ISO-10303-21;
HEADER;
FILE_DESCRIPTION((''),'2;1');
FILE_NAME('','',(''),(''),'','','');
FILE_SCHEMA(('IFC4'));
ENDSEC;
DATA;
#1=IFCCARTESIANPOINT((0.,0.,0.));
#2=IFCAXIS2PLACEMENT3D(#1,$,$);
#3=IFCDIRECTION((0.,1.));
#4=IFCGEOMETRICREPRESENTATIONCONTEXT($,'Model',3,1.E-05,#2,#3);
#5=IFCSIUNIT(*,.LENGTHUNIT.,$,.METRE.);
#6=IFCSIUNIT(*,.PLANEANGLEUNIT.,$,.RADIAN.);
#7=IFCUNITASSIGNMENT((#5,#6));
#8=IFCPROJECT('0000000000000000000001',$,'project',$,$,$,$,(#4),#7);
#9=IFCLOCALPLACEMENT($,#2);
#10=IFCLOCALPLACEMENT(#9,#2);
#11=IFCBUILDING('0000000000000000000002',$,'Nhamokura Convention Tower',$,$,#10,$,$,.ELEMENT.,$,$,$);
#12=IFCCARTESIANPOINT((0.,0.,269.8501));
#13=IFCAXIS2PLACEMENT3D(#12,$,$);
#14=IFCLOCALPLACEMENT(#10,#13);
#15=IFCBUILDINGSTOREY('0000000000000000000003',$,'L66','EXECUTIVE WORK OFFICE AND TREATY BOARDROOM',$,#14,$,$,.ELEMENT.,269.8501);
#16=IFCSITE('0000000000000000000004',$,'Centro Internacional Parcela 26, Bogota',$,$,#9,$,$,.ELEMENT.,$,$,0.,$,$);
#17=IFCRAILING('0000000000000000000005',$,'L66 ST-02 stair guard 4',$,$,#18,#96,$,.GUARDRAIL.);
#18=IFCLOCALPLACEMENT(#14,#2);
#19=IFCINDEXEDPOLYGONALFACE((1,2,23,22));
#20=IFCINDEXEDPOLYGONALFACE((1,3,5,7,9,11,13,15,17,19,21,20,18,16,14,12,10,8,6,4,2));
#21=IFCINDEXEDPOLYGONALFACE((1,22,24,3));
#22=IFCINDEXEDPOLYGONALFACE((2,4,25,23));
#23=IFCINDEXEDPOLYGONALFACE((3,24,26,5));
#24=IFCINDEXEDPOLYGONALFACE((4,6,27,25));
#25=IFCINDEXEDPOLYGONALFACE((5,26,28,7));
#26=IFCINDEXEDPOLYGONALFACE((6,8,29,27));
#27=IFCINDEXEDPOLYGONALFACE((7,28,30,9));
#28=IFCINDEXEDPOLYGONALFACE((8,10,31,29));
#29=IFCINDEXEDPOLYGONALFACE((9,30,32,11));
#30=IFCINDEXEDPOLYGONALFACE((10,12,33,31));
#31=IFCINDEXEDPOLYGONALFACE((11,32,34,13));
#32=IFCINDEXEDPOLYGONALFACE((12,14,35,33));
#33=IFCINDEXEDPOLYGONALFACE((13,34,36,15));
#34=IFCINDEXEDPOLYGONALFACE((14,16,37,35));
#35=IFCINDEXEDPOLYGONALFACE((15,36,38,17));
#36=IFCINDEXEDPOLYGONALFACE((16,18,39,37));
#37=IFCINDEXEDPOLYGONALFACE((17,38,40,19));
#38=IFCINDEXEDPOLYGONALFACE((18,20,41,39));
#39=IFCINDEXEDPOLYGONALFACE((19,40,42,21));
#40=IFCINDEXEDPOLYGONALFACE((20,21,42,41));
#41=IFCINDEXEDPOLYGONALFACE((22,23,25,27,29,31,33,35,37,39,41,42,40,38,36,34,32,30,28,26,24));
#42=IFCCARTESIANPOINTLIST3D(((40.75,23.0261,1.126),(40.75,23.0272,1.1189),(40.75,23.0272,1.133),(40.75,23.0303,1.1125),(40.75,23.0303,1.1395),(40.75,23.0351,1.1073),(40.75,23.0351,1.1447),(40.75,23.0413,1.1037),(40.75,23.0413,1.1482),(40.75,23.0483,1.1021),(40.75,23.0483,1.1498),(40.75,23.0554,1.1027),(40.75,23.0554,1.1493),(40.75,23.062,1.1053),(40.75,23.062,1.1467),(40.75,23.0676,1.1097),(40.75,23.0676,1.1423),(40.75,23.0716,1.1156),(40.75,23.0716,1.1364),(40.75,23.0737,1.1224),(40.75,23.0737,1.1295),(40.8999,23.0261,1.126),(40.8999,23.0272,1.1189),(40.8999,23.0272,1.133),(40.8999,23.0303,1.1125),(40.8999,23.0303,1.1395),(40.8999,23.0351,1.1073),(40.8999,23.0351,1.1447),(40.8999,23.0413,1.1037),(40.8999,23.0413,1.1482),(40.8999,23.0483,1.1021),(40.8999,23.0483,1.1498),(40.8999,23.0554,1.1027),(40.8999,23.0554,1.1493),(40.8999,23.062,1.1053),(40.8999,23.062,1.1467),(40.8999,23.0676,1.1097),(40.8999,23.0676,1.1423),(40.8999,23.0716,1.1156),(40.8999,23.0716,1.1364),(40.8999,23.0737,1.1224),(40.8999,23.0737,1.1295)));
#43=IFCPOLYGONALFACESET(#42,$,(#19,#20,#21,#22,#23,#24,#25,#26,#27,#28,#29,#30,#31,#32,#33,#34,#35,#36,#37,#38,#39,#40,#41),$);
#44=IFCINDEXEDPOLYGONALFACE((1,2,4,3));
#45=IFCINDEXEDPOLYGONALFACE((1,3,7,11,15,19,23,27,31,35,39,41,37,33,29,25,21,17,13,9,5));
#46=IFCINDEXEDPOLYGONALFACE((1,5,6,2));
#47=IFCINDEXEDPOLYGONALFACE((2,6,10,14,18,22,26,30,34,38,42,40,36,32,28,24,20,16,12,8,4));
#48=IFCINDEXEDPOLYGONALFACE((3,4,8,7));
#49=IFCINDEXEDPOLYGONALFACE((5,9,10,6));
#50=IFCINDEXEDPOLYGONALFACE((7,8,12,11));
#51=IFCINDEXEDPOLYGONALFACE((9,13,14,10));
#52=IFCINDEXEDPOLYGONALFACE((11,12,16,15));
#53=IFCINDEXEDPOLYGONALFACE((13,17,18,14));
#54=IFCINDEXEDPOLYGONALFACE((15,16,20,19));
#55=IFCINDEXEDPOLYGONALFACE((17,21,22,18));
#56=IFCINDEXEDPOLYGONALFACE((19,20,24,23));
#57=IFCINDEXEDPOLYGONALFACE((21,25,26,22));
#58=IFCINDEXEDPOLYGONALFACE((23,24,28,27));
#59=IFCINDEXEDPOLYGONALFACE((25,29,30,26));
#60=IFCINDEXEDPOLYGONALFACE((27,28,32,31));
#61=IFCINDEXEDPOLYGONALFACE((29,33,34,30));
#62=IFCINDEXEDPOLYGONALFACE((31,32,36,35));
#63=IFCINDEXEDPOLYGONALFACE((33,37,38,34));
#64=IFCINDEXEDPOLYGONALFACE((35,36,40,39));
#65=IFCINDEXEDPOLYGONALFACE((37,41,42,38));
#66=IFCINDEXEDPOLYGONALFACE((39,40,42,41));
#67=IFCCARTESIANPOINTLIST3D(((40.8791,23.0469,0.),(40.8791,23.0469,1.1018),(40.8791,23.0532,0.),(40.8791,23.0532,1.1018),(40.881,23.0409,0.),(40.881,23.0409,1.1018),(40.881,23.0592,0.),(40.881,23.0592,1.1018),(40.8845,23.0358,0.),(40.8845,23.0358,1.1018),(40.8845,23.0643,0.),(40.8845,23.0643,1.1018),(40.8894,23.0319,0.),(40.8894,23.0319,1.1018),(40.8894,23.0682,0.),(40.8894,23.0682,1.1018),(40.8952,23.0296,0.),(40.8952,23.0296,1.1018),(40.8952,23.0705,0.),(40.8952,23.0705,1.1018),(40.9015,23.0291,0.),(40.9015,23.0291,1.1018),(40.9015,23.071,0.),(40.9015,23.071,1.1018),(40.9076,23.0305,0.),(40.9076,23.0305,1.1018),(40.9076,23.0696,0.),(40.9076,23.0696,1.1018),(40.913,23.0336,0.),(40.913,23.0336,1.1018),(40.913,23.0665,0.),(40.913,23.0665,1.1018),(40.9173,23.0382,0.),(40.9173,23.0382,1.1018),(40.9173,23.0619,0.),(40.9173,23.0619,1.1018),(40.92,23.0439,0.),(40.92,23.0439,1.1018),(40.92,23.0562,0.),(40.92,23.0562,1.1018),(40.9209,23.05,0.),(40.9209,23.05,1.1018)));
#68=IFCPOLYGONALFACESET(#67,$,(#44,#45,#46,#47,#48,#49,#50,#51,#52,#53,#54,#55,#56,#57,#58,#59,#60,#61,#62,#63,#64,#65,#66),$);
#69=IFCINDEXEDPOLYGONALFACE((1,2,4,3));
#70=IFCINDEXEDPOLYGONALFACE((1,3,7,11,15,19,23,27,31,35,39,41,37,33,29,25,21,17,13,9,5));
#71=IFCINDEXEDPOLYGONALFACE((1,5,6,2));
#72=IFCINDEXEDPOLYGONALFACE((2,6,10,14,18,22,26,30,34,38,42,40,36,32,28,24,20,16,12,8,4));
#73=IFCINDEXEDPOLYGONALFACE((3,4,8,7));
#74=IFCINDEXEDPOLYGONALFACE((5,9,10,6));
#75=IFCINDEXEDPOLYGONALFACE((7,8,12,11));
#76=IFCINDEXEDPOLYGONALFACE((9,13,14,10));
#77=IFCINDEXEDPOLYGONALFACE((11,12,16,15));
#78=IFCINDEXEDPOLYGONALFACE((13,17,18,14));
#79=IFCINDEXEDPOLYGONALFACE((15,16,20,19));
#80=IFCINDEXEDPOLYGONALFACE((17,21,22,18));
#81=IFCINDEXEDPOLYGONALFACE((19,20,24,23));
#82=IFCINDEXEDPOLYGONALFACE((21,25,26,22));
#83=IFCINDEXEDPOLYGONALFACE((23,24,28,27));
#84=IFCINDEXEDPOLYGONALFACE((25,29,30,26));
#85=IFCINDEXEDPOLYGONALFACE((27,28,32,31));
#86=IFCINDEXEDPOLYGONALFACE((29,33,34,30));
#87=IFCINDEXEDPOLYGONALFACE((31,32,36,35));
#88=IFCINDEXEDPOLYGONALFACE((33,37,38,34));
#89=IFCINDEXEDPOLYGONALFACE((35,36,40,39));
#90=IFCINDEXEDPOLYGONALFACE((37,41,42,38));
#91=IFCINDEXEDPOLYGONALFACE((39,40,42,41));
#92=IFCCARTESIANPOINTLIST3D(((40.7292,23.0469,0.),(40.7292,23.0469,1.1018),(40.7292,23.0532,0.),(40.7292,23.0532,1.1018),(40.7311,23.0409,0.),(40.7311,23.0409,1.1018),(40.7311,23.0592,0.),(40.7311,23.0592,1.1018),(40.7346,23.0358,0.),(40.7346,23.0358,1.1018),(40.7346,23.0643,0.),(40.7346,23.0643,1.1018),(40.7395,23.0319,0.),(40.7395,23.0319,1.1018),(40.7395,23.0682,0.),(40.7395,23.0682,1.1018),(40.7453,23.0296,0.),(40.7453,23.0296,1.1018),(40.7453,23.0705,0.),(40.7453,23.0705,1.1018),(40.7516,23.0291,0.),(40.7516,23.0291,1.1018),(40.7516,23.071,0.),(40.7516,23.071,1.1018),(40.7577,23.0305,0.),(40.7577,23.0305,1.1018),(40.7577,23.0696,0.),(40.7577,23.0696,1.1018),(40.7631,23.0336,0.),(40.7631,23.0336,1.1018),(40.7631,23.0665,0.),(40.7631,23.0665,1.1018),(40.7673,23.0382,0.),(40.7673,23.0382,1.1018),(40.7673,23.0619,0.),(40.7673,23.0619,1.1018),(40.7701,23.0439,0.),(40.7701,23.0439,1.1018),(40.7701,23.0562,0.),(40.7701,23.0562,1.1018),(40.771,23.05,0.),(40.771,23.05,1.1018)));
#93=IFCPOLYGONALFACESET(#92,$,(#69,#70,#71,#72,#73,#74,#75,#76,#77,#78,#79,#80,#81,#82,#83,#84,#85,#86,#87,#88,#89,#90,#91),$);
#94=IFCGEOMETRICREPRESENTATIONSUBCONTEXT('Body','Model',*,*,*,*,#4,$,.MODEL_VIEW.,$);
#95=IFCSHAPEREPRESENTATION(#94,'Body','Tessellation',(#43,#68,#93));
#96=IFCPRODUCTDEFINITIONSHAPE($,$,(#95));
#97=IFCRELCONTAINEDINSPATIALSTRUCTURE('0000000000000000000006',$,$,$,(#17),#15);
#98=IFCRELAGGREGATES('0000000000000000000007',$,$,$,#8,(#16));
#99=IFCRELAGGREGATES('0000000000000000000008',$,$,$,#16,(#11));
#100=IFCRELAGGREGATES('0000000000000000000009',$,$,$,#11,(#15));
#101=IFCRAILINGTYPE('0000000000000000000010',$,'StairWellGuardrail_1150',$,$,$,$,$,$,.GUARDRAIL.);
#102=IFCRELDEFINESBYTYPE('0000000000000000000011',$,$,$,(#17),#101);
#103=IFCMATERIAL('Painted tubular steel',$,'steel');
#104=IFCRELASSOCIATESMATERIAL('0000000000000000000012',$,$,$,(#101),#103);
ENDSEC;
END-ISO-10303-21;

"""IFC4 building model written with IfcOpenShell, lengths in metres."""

from ifc_helpers import new_model, si_unit, direction, frame, origin, origin_2d, place, context, subcontext, project, spatial, circle, extrude, material, type_object, element, save


model = new_model("IFC4")

# Units and contexts
model_context = context("Model", 3, precision=1e-05, world=origin(), true_north=direction((0.0, 1.0)))
body_context = subcontext(model_context, "Body", "Model", "MODEL_VIEW")
ifc_project = project(units=[si_unit("LENGTHUNIT", "METRE"), si_unit("PLANEANGLEUNIT", "RADIAN")], contexts=[model_context])

# Site, building, storey
site_placement = place(None, origin())
site = spatial("IfcSite", under=ifc_project, at=site_placement, Name="Centro Internacional Parcela 26, Bogota", CompositionType="ELEMENT", RefElevation=0.0)
building_placement = place(site_placement, origin())
building = spatial("IfcBuilding", under=site, at=building_placement, Name="Nhamokura Convention Tower", CompositionType="ELEMENT")
storey_placement = place(building_placement, frame((0.0, 0.0, 269.8501)))
storey = spatial("IfcBuildingStorey", under=building, at=storey_placement, Name="L66", Description="EXECUTIVE WORK OFFICE AND TREATY BOARDROOM", CompositionType="ELEMENT", Elevation=269.8501)

# Railing
ifc_material_1 = material(Name="Painted tubular steel", Category="steel")
railing_type_1 = type_object("IfcRailingType", Name="StairWellGuardrail_1150", PredefinedType="GUARDRAIL", material=ifc_material_1)
railing_1_placement = place(storey_placement, frame((40.8999, 23.05, 0.0)))
element("IfcRailing", 1, at=railing_1_placement, inside=storey, type_object=railing_type_1, Name="L66 ST-02 stair guard 4", PredefinedType="GUARDRAIL", context=body_context, shape_type="SweptSolid", body=[
    extrude(circle(Radius=0.0239, at=origin_2d()), frame((0.0, 0.0, 1.126), z_axis=(-1.0, 0.0, 0.0), x_axis=(0.0, -1.0, 0.0)), (0.0, 0.0, 1.0), 0.1499),
    extrude(circle(Radius=0.021, at=origin_2d()), origin(), (0.0, 0.0, 1.0), 1.1018),
    extrude(circle(Radius=0.021, at=origin_2d()), frame((-0.1499, 0.0, 0.0)), (0.0, 0.0, 1.0), 1.1018),
])

save(model, "model.ifc")
